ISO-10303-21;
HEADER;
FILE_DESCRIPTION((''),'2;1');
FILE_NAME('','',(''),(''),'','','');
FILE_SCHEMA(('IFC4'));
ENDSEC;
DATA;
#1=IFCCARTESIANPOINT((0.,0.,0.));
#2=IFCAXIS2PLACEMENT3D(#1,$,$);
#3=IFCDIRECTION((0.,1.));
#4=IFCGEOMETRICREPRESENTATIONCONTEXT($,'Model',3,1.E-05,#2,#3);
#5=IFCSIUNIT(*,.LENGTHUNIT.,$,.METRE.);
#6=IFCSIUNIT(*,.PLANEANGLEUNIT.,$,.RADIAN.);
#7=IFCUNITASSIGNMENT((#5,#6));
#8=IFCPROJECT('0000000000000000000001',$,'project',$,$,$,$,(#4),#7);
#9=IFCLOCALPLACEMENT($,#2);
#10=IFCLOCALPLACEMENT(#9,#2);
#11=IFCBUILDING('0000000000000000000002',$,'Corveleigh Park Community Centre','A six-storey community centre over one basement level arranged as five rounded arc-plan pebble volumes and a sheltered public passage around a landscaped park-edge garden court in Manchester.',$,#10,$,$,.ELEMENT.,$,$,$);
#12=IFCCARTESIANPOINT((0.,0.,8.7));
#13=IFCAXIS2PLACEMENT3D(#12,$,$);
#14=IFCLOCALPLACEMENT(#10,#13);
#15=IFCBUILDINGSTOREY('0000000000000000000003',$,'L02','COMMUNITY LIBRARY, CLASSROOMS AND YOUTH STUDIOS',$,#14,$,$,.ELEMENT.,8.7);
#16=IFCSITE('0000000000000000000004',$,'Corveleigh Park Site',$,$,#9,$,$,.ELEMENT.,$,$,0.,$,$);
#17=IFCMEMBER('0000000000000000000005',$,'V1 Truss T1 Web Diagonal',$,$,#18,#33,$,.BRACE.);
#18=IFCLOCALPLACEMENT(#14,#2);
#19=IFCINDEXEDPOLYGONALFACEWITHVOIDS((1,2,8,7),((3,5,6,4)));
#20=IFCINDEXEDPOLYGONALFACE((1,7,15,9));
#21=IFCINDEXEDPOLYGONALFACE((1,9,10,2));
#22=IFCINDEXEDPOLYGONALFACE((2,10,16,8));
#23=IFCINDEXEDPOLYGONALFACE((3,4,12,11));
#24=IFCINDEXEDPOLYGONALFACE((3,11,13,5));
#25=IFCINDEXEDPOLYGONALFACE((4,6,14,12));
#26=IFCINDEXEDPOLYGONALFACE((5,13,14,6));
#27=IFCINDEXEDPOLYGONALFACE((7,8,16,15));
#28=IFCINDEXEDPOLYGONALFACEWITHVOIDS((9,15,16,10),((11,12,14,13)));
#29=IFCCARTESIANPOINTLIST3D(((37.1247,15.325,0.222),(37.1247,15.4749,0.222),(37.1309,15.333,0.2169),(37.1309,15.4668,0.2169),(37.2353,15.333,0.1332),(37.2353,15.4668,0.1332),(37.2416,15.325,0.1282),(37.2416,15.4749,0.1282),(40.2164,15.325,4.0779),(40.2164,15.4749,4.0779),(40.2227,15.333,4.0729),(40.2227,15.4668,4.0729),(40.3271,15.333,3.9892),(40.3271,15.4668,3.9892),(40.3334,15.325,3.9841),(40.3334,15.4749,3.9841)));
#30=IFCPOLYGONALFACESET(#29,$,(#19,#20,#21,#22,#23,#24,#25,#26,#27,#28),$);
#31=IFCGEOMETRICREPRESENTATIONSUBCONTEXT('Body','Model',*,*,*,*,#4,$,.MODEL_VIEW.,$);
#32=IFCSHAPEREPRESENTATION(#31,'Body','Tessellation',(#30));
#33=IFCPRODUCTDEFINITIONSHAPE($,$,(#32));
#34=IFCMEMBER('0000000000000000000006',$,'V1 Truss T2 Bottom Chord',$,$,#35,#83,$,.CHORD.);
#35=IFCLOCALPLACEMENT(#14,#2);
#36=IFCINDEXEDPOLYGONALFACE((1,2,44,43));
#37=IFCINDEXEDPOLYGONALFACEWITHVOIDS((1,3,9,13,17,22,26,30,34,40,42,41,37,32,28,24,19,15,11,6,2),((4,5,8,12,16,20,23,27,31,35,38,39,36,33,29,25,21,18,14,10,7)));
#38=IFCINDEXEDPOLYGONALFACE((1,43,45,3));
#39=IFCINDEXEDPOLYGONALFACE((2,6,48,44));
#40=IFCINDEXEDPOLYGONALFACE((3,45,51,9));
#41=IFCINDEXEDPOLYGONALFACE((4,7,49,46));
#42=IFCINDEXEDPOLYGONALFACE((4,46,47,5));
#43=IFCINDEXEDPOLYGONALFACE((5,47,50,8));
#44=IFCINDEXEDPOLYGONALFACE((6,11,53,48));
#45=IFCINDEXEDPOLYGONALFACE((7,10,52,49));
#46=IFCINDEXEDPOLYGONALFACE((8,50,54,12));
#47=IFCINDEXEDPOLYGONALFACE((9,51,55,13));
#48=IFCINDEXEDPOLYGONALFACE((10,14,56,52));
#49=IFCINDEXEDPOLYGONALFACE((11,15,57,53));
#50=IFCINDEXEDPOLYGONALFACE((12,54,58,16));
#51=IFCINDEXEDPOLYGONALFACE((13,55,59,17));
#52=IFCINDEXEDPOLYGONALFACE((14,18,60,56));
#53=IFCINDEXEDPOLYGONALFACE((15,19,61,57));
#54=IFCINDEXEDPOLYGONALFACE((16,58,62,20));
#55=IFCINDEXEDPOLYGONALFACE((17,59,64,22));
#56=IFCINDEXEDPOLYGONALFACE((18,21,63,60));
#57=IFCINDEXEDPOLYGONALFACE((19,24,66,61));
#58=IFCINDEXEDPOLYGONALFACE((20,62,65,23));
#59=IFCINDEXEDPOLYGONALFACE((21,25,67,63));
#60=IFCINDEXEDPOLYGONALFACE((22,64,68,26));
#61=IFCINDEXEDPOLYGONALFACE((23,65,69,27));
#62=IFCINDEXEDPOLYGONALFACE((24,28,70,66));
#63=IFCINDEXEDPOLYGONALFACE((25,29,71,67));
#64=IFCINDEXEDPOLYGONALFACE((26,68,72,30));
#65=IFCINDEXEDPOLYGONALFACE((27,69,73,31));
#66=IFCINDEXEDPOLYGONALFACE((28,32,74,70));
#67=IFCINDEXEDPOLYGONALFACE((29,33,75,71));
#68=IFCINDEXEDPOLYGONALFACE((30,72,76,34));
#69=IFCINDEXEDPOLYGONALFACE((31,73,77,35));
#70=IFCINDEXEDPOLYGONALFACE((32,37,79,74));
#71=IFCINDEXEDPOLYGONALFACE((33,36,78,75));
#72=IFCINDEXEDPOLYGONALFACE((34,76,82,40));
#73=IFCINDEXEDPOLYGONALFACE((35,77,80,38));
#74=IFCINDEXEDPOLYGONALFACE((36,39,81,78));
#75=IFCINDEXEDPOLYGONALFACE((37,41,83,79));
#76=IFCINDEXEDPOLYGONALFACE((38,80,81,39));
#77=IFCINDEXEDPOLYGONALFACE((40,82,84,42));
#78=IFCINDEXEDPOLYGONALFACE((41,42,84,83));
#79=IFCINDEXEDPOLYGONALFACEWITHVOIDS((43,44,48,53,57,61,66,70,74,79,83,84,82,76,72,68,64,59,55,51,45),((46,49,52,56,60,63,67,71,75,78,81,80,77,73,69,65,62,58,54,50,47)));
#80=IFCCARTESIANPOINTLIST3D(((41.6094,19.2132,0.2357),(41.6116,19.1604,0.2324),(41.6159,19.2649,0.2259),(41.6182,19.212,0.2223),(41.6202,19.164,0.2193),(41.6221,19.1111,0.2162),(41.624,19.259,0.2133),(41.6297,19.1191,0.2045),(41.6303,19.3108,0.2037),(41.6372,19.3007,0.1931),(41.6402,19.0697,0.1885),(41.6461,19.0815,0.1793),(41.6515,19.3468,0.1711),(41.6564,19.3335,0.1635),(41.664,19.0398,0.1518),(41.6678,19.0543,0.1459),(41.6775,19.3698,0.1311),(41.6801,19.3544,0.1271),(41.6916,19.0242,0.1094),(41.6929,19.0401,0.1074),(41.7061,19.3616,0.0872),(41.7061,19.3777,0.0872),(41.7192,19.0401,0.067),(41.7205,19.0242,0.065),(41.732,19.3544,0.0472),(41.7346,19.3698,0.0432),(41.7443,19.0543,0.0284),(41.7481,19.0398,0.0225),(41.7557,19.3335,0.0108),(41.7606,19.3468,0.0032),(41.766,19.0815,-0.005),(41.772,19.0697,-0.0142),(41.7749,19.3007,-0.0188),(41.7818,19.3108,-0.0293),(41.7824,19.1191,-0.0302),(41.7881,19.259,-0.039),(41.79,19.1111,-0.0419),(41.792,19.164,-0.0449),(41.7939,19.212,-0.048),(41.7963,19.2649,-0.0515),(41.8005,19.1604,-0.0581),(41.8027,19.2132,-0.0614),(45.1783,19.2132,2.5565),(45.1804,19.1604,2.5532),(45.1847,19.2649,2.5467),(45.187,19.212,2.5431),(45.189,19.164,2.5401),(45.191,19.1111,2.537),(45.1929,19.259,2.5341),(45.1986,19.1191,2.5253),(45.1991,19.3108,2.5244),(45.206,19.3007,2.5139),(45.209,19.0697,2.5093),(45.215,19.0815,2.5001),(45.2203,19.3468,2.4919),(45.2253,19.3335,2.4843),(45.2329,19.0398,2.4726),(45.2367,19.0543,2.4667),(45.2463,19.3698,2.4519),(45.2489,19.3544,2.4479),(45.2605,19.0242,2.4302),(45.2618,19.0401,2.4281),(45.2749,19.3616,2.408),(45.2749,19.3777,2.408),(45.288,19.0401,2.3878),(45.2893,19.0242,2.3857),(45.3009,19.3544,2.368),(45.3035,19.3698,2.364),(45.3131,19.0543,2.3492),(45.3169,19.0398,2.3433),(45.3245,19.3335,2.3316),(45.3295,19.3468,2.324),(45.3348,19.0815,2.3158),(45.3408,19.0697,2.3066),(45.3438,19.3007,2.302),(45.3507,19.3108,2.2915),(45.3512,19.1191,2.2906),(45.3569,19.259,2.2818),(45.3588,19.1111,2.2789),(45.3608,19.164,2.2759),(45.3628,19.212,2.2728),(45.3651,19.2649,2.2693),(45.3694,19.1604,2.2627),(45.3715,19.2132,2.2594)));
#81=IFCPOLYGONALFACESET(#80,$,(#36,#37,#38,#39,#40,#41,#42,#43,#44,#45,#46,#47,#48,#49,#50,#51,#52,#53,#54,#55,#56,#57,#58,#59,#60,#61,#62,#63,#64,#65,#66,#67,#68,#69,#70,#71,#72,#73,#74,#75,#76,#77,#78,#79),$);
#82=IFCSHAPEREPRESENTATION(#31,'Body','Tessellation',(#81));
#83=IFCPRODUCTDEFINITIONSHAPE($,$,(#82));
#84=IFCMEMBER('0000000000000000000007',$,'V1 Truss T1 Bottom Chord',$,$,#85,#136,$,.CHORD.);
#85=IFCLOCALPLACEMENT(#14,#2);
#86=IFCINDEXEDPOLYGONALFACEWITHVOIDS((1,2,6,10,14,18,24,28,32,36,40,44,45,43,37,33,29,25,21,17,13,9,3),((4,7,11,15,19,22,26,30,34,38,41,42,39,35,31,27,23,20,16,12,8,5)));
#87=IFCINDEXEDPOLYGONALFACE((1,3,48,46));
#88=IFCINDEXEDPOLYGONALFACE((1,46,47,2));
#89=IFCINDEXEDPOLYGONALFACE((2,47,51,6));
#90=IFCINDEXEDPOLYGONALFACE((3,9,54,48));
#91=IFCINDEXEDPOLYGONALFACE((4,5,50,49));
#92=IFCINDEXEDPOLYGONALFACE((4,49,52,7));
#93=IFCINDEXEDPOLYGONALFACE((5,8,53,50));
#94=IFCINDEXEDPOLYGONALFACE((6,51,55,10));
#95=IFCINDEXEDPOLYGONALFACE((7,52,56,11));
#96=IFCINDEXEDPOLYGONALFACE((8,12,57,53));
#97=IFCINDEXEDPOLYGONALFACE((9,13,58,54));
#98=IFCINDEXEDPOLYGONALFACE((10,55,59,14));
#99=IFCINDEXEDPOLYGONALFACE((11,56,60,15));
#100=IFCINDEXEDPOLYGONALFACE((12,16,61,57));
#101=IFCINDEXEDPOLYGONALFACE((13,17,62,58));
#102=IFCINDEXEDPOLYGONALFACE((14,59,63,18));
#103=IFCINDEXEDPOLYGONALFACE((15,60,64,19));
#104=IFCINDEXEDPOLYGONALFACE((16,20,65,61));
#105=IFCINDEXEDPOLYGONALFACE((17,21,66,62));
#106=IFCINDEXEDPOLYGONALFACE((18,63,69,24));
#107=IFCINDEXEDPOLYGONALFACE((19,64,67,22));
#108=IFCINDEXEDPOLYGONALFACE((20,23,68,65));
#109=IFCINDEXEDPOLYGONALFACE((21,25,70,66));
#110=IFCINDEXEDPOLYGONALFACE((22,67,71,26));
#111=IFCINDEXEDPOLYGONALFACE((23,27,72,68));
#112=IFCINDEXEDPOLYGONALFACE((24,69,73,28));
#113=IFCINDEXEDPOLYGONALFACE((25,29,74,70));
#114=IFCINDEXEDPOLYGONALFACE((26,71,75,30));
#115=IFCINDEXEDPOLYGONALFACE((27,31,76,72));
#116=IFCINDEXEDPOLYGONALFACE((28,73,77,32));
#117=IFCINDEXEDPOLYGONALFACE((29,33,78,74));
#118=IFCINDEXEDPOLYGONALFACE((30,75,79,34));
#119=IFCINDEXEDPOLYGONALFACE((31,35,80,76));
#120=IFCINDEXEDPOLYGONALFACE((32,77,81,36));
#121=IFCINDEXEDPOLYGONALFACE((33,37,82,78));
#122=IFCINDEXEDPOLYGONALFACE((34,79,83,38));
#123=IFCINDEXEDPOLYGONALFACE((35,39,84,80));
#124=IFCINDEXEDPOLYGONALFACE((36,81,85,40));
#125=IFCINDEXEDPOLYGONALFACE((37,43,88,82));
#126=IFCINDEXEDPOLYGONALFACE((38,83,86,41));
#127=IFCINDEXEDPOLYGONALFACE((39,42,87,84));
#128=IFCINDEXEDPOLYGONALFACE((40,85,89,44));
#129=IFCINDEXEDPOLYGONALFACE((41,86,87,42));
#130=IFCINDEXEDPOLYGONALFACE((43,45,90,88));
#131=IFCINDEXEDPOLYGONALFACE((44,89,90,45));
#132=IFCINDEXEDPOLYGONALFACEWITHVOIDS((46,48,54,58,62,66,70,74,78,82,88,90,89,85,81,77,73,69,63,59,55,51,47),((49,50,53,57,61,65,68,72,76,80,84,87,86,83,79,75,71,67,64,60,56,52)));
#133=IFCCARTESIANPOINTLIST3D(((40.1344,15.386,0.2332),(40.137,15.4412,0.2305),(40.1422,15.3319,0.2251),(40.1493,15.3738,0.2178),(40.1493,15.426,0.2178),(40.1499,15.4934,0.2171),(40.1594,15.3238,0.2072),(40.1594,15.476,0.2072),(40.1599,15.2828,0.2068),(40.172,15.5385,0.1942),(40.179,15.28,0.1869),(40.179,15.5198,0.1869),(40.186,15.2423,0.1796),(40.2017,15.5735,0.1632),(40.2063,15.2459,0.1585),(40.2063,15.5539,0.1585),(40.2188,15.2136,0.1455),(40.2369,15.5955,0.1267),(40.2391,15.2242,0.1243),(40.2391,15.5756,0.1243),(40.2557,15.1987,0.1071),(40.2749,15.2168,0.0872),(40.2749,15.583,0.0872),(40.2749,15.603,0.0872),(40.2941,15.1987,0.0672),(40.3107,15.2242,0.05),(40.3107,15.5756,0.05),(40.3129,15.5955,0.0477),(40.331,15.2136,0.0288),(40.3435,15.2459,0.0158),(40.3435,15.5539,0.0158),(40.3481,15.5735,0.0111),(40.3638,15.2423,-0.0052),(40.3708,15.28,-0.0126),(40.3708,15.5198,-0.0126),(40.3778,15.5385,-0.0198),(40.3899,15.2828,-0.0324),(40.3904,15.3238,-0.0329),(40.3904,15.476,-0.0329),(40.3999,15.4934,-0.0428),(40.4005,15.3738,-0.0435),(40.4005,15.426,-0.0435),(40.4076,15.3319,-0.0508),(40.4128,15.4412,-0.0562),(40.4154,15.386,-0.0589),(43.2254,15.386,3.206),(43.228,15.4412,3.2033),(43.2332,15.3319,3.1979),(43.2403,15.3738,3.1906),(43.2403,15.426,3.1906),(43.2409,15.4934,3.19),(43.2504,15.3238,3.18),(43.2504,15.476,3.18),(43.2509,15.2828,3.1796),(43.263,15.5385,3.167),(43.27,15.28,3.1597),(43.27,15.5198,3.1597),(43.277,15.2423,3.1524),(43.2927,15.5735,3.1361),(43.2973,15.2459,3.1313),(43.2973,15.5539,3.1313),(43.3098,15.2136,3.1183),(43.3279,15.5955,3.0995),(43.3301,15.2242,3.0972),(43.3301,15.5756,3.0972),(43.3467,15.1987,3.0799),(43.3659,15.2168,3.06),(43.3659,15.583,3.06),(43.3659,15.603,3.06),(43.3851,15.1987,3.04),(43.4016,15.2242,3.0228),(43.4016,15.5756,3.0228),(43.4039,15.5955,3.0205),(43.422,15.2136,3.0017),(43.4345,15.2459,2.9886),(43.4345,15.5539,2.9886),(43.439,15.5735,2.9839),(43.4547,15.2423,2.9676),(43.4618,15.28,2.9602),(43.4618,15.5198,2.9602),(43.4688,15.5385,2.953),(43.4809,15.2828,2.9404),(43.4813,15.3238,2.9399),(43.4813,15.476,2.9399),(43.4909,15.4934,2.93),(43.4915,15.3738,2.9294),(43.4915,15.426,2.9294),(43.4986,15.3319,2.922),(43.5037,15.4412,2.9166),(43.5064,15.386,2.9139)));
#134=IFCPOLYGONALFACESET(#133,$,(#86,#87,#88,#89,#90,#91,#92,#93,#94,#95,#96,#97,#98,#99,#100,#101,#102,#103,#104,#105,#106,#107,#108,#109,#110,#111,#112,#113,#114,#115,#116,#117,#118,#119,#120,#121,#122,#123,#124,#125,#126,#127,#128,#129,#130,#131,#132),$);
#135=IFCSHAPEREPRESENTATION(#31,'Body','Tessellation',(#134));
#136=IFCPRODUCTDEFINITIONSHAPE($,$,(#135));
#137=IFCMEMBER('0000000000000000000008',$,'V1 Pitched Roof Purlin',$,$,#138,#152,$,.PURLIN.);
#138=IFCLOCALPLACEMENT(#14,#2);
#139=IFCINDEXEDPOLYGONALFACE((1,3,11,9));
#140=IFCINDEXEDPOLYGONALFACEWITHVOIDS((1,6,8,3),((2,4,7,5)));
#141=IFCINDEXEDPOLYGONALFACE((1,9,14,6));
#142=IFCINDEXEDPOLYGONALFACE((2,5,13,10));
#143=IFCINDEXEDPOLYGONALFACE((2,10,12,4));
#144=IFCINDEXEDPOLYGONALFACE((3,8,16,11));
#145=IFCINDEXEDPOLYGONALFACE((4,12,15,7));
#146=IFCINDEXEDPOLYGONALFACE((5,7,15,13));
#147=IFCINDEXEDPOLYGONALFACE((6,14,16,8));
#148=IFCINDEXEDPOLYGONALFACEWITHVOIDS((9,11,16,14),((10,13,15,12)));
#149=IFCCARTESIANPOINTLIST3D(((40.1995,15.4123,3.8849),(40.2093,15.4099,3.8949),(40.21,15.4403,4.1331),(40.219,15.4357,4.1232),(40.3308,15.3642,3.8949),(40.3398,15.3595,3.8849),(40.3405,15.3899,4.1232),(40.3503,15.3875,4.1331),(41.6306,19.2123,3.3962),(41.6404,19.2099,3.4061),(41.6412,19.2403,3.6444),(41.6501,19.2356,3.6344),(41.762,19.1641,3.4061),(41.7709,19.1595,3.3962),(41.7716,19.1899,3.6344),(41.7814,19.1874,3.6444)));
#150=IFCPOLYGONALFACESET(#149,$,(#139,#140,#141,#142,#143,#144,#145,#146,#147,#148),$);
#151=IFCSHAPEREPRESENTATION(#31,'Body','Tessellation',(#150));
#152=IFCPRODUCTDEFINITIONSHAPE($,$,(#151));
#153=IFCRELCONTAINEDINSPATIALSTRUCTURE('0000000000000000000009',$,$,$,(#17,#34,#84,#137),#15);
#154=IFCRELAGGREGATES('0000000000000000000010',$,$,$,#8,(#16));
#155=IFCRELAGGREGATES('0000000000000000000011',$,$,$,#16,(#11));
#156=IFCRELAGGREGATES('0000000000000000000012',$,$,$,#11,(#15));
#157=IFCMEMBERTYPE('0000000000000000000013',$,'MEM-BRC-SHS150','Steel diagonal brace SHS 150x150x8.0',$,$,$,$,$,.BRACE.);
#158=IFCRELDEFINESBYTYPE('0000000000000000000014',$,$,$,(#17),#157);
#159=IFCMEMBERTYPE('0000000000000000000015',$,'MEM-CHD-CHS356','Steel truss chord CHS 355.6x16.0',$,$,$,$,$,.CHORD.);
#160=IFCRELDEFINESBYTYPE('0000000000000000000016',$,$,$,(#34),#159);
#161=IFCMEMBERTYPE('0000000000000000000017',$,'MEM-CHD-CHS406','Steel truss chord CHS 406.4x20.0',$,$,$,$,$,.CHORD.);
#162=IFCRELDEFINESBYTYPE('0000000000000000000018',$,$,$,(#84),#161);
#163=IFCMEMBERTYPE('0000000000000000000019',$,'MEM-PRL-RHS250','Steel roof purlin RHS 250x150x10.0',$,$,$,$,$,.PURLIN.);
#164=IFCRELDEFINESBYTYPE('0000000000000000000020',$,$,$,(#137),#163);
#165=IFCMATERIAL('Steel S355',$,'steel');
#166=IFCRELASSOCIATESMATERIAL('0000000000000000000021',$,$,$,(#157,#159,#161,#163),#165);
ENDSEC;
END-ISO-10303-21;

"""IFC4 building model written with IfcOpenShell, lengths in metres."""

from ifc_helpers import new_model, si_unit, direction, frame, origin, origin_2d, place, context, subcontext, project, spatial, hollow_rectangle, hollow_circle, extrude, material, material_profile, profile_set, type_object, element, save


model = new_model("IFC4")

# Units and contexts
model_context = context("Model", 3, precision=1e-05, world=origin(), true_north=direction((0.0, 1.0)))
body_context = subcontext(model_context, "Body", "Model", "MODEL_VIEW")
ifc_project = project(units=[si_unit("LENGTHUNIT", "METRE"), si_unit("PLANEANGLEUNIT", "RADIAN")], contexts=[model_context])

# Site, building, storey
site_placement = place(None, origin())
site = spatial("IfcSite", under=ifc_project, at=site_placement, Name="Corveleigh Park Site", CompositionType="ELEMENT", RefElevation=0.0)
building_placement = place(site_placement, origin())
building = spatial("IfcBuilding", under=site, at=building_placement, Name="Corveleigh Park Community Centre", Description="A six-storey community centre over one basement level arranged as five rounded arc-plan pebble volumes and a sheltered public passage around a landscaped park-edge garden court in Manchester.", CompositionType="ELEMENT")
storey_placement = place(building_placement, frame((0.0, 0.0, 8.7)))
storey = spatial("IfcBuildingStorey", under=building, at=storey_placement, Name="L02", Description="COMMUNITY LIBRARY, CLASSROOMS AND YOUTH STUDIOS", CompositionType="ELEMENT", Elevation=8.7)

# Members
ifc_material_1 = material(Name="Steel S355", Category="steel")
ifc_material_profile_1 = material_profile(ifc_material_1, hollow_rectangle(XDim=0.1499, YDim=0.1499, WallThickness=0.0081, at=origin_2d()), Name="SHS 150x150x8.0", Category="steel")
ifc_profile_set_1 = profile_set([ifc_material_profile_1], Name="Steel S355")
member_type_1 = type_object("IfcMemberType", Name="MEM-BRC-SHS150", Description="Steel diagonal brace SHS 150x150x8.0", PredefinedType="BRACE", material=ifc_profile_set_1)
member_1_placement = place(storey_placement, frame((40.2749, 15.3999, 4.031), z_axis=(-0.625562, 0.0, -0.780174), x_axis=(0.0, -1.0, 0.0)))
element("IfcMember", 1, at=member_1_placement, inside=storey, type_object=member_type_1, Name="V1 Truss T1 Web Diagonal", PredefinedType="BRACE", context=body_context, shape_type="SweptSolid", body=[
    extrude(hollow_rectangle(XDim=0.1499, YDim=0.1499, WallThickness=0.0081, at=origin_2d()), origin(), (0.0, 0.0, 1.0), 4.9424),
])
ifc_material_profile_2 = material_profile(ifc_material_1, hollow_circle(Radius=0.1777, WallThickness=0.0161, at=origin_2d()), Name="CHS 355.6x16.0", Category="steel")
ifc_profile_set_2 = profile_set([ifc_material_profile_2], Name="Steel S355")
member_type_2 = type_object("IfcMemberType", Name="MEM-CHD-CHS356", Description="Steel truss chord CHS 355.6x16.0", PredefinedType="CHORD", material=ifc_profile_set_2)
member_2_placement = place(storey_placement, frame((41.7061, 19.2, 0.0872), z_axis=(0.838331, 0.0, 0.545162), x_axis=(0.0, 1.0, 0.0)))
element("IfcMember", 2, at=member_2_placement, inside=storey, type_object=member_type_2, Name="V1 Truss T2 Bottom Chord", PredefinedType="CHORD", context=body_context, shape_type="SweptSolid", body=[
    extrude(hollow_circle(Radius=0.1777, WallThickness=0.0161, at=origin_2d()), origin(), (0.0, 0.0, 1.0), 4.2571),
])
ifc_material_profile_3 = material_profile(ifc_material_1, hollow_circle(Radius=0.2031, WallThickness=0.02, at=origin_2d()), Name="CHS 406.4x20.0", Category="steel")
ifc_profile_set_3 = profile_set([ifc_material_profile_3], Name="Steel S355")
member_type_3 = type_object("IfcMemberType", Name="MEM-CHD-CHS406", Description="Steel truss chord CHS 406.4x20.0", PredefinedType="CHORD", material=ifc_profile_set_3)
member_3_placement = place(storey_placement, frame((40.2749, 15.3999, 0.0872), z_axis=(0.720749, 0.0, 0.693196), x_axis=(0.0, 1.0, 0.0)))
element("IfcMember", 3, at=member_3_placement, inside=storey, type_object=member_type_3, Name="V1 Truss T1 Bottom Chord", PredefinedType="CHORD", context=body_context, shape_type="SweptSolid", body=[
    extrude(hollow_circle(Radius=0.2031, WallThickness=0.02, at=origin_2d()), origin(), (0.0, 0.0, 1.0), 4.2886),
])
ifc_material_profile_4 = material_profile(ifc_material_1, hollow_rectangle(XDim=0.1499, YDim=0.25, WallThickness=0.01, at=origin_2d()), Name="RHS 250x150x10.0", Category="steel")
ifc_profile_set_4 = profile_set([ifc_material_profile_4], Name="Steel S355")
member_type_4 = type_object("IfcMemberType", Name="MEM-PRL-RHS250", Description="Steel roof purlin RHS 250x150x10.0", PredefinedType="PURLIN", material=ifc_profile_set_4)
member_4_placement = place(storey_placement, frame((40.2749, 15.3999, 4.009), z_axis=(0.349922, 0.929125, -0.119506), x_axis=(-0.935832, 0.352447, 0.0)))
element("IfcMember", 4, at=member_4_placement, inside=storey, type_object=member_type_4, Name="V1 Pitched Roof Purlin", PredefinedType="PURLIN", context=body_context, shape_type="SweptSolid", body=[
    extrude(hollow_rectangle(XDim=0.1499, YDim=0.25, WallThickness=0.01, at=origin_2d()), origin(), (0.0, 0.0, 1.0), 4.0898),
])

save(model, "model.ifc")
